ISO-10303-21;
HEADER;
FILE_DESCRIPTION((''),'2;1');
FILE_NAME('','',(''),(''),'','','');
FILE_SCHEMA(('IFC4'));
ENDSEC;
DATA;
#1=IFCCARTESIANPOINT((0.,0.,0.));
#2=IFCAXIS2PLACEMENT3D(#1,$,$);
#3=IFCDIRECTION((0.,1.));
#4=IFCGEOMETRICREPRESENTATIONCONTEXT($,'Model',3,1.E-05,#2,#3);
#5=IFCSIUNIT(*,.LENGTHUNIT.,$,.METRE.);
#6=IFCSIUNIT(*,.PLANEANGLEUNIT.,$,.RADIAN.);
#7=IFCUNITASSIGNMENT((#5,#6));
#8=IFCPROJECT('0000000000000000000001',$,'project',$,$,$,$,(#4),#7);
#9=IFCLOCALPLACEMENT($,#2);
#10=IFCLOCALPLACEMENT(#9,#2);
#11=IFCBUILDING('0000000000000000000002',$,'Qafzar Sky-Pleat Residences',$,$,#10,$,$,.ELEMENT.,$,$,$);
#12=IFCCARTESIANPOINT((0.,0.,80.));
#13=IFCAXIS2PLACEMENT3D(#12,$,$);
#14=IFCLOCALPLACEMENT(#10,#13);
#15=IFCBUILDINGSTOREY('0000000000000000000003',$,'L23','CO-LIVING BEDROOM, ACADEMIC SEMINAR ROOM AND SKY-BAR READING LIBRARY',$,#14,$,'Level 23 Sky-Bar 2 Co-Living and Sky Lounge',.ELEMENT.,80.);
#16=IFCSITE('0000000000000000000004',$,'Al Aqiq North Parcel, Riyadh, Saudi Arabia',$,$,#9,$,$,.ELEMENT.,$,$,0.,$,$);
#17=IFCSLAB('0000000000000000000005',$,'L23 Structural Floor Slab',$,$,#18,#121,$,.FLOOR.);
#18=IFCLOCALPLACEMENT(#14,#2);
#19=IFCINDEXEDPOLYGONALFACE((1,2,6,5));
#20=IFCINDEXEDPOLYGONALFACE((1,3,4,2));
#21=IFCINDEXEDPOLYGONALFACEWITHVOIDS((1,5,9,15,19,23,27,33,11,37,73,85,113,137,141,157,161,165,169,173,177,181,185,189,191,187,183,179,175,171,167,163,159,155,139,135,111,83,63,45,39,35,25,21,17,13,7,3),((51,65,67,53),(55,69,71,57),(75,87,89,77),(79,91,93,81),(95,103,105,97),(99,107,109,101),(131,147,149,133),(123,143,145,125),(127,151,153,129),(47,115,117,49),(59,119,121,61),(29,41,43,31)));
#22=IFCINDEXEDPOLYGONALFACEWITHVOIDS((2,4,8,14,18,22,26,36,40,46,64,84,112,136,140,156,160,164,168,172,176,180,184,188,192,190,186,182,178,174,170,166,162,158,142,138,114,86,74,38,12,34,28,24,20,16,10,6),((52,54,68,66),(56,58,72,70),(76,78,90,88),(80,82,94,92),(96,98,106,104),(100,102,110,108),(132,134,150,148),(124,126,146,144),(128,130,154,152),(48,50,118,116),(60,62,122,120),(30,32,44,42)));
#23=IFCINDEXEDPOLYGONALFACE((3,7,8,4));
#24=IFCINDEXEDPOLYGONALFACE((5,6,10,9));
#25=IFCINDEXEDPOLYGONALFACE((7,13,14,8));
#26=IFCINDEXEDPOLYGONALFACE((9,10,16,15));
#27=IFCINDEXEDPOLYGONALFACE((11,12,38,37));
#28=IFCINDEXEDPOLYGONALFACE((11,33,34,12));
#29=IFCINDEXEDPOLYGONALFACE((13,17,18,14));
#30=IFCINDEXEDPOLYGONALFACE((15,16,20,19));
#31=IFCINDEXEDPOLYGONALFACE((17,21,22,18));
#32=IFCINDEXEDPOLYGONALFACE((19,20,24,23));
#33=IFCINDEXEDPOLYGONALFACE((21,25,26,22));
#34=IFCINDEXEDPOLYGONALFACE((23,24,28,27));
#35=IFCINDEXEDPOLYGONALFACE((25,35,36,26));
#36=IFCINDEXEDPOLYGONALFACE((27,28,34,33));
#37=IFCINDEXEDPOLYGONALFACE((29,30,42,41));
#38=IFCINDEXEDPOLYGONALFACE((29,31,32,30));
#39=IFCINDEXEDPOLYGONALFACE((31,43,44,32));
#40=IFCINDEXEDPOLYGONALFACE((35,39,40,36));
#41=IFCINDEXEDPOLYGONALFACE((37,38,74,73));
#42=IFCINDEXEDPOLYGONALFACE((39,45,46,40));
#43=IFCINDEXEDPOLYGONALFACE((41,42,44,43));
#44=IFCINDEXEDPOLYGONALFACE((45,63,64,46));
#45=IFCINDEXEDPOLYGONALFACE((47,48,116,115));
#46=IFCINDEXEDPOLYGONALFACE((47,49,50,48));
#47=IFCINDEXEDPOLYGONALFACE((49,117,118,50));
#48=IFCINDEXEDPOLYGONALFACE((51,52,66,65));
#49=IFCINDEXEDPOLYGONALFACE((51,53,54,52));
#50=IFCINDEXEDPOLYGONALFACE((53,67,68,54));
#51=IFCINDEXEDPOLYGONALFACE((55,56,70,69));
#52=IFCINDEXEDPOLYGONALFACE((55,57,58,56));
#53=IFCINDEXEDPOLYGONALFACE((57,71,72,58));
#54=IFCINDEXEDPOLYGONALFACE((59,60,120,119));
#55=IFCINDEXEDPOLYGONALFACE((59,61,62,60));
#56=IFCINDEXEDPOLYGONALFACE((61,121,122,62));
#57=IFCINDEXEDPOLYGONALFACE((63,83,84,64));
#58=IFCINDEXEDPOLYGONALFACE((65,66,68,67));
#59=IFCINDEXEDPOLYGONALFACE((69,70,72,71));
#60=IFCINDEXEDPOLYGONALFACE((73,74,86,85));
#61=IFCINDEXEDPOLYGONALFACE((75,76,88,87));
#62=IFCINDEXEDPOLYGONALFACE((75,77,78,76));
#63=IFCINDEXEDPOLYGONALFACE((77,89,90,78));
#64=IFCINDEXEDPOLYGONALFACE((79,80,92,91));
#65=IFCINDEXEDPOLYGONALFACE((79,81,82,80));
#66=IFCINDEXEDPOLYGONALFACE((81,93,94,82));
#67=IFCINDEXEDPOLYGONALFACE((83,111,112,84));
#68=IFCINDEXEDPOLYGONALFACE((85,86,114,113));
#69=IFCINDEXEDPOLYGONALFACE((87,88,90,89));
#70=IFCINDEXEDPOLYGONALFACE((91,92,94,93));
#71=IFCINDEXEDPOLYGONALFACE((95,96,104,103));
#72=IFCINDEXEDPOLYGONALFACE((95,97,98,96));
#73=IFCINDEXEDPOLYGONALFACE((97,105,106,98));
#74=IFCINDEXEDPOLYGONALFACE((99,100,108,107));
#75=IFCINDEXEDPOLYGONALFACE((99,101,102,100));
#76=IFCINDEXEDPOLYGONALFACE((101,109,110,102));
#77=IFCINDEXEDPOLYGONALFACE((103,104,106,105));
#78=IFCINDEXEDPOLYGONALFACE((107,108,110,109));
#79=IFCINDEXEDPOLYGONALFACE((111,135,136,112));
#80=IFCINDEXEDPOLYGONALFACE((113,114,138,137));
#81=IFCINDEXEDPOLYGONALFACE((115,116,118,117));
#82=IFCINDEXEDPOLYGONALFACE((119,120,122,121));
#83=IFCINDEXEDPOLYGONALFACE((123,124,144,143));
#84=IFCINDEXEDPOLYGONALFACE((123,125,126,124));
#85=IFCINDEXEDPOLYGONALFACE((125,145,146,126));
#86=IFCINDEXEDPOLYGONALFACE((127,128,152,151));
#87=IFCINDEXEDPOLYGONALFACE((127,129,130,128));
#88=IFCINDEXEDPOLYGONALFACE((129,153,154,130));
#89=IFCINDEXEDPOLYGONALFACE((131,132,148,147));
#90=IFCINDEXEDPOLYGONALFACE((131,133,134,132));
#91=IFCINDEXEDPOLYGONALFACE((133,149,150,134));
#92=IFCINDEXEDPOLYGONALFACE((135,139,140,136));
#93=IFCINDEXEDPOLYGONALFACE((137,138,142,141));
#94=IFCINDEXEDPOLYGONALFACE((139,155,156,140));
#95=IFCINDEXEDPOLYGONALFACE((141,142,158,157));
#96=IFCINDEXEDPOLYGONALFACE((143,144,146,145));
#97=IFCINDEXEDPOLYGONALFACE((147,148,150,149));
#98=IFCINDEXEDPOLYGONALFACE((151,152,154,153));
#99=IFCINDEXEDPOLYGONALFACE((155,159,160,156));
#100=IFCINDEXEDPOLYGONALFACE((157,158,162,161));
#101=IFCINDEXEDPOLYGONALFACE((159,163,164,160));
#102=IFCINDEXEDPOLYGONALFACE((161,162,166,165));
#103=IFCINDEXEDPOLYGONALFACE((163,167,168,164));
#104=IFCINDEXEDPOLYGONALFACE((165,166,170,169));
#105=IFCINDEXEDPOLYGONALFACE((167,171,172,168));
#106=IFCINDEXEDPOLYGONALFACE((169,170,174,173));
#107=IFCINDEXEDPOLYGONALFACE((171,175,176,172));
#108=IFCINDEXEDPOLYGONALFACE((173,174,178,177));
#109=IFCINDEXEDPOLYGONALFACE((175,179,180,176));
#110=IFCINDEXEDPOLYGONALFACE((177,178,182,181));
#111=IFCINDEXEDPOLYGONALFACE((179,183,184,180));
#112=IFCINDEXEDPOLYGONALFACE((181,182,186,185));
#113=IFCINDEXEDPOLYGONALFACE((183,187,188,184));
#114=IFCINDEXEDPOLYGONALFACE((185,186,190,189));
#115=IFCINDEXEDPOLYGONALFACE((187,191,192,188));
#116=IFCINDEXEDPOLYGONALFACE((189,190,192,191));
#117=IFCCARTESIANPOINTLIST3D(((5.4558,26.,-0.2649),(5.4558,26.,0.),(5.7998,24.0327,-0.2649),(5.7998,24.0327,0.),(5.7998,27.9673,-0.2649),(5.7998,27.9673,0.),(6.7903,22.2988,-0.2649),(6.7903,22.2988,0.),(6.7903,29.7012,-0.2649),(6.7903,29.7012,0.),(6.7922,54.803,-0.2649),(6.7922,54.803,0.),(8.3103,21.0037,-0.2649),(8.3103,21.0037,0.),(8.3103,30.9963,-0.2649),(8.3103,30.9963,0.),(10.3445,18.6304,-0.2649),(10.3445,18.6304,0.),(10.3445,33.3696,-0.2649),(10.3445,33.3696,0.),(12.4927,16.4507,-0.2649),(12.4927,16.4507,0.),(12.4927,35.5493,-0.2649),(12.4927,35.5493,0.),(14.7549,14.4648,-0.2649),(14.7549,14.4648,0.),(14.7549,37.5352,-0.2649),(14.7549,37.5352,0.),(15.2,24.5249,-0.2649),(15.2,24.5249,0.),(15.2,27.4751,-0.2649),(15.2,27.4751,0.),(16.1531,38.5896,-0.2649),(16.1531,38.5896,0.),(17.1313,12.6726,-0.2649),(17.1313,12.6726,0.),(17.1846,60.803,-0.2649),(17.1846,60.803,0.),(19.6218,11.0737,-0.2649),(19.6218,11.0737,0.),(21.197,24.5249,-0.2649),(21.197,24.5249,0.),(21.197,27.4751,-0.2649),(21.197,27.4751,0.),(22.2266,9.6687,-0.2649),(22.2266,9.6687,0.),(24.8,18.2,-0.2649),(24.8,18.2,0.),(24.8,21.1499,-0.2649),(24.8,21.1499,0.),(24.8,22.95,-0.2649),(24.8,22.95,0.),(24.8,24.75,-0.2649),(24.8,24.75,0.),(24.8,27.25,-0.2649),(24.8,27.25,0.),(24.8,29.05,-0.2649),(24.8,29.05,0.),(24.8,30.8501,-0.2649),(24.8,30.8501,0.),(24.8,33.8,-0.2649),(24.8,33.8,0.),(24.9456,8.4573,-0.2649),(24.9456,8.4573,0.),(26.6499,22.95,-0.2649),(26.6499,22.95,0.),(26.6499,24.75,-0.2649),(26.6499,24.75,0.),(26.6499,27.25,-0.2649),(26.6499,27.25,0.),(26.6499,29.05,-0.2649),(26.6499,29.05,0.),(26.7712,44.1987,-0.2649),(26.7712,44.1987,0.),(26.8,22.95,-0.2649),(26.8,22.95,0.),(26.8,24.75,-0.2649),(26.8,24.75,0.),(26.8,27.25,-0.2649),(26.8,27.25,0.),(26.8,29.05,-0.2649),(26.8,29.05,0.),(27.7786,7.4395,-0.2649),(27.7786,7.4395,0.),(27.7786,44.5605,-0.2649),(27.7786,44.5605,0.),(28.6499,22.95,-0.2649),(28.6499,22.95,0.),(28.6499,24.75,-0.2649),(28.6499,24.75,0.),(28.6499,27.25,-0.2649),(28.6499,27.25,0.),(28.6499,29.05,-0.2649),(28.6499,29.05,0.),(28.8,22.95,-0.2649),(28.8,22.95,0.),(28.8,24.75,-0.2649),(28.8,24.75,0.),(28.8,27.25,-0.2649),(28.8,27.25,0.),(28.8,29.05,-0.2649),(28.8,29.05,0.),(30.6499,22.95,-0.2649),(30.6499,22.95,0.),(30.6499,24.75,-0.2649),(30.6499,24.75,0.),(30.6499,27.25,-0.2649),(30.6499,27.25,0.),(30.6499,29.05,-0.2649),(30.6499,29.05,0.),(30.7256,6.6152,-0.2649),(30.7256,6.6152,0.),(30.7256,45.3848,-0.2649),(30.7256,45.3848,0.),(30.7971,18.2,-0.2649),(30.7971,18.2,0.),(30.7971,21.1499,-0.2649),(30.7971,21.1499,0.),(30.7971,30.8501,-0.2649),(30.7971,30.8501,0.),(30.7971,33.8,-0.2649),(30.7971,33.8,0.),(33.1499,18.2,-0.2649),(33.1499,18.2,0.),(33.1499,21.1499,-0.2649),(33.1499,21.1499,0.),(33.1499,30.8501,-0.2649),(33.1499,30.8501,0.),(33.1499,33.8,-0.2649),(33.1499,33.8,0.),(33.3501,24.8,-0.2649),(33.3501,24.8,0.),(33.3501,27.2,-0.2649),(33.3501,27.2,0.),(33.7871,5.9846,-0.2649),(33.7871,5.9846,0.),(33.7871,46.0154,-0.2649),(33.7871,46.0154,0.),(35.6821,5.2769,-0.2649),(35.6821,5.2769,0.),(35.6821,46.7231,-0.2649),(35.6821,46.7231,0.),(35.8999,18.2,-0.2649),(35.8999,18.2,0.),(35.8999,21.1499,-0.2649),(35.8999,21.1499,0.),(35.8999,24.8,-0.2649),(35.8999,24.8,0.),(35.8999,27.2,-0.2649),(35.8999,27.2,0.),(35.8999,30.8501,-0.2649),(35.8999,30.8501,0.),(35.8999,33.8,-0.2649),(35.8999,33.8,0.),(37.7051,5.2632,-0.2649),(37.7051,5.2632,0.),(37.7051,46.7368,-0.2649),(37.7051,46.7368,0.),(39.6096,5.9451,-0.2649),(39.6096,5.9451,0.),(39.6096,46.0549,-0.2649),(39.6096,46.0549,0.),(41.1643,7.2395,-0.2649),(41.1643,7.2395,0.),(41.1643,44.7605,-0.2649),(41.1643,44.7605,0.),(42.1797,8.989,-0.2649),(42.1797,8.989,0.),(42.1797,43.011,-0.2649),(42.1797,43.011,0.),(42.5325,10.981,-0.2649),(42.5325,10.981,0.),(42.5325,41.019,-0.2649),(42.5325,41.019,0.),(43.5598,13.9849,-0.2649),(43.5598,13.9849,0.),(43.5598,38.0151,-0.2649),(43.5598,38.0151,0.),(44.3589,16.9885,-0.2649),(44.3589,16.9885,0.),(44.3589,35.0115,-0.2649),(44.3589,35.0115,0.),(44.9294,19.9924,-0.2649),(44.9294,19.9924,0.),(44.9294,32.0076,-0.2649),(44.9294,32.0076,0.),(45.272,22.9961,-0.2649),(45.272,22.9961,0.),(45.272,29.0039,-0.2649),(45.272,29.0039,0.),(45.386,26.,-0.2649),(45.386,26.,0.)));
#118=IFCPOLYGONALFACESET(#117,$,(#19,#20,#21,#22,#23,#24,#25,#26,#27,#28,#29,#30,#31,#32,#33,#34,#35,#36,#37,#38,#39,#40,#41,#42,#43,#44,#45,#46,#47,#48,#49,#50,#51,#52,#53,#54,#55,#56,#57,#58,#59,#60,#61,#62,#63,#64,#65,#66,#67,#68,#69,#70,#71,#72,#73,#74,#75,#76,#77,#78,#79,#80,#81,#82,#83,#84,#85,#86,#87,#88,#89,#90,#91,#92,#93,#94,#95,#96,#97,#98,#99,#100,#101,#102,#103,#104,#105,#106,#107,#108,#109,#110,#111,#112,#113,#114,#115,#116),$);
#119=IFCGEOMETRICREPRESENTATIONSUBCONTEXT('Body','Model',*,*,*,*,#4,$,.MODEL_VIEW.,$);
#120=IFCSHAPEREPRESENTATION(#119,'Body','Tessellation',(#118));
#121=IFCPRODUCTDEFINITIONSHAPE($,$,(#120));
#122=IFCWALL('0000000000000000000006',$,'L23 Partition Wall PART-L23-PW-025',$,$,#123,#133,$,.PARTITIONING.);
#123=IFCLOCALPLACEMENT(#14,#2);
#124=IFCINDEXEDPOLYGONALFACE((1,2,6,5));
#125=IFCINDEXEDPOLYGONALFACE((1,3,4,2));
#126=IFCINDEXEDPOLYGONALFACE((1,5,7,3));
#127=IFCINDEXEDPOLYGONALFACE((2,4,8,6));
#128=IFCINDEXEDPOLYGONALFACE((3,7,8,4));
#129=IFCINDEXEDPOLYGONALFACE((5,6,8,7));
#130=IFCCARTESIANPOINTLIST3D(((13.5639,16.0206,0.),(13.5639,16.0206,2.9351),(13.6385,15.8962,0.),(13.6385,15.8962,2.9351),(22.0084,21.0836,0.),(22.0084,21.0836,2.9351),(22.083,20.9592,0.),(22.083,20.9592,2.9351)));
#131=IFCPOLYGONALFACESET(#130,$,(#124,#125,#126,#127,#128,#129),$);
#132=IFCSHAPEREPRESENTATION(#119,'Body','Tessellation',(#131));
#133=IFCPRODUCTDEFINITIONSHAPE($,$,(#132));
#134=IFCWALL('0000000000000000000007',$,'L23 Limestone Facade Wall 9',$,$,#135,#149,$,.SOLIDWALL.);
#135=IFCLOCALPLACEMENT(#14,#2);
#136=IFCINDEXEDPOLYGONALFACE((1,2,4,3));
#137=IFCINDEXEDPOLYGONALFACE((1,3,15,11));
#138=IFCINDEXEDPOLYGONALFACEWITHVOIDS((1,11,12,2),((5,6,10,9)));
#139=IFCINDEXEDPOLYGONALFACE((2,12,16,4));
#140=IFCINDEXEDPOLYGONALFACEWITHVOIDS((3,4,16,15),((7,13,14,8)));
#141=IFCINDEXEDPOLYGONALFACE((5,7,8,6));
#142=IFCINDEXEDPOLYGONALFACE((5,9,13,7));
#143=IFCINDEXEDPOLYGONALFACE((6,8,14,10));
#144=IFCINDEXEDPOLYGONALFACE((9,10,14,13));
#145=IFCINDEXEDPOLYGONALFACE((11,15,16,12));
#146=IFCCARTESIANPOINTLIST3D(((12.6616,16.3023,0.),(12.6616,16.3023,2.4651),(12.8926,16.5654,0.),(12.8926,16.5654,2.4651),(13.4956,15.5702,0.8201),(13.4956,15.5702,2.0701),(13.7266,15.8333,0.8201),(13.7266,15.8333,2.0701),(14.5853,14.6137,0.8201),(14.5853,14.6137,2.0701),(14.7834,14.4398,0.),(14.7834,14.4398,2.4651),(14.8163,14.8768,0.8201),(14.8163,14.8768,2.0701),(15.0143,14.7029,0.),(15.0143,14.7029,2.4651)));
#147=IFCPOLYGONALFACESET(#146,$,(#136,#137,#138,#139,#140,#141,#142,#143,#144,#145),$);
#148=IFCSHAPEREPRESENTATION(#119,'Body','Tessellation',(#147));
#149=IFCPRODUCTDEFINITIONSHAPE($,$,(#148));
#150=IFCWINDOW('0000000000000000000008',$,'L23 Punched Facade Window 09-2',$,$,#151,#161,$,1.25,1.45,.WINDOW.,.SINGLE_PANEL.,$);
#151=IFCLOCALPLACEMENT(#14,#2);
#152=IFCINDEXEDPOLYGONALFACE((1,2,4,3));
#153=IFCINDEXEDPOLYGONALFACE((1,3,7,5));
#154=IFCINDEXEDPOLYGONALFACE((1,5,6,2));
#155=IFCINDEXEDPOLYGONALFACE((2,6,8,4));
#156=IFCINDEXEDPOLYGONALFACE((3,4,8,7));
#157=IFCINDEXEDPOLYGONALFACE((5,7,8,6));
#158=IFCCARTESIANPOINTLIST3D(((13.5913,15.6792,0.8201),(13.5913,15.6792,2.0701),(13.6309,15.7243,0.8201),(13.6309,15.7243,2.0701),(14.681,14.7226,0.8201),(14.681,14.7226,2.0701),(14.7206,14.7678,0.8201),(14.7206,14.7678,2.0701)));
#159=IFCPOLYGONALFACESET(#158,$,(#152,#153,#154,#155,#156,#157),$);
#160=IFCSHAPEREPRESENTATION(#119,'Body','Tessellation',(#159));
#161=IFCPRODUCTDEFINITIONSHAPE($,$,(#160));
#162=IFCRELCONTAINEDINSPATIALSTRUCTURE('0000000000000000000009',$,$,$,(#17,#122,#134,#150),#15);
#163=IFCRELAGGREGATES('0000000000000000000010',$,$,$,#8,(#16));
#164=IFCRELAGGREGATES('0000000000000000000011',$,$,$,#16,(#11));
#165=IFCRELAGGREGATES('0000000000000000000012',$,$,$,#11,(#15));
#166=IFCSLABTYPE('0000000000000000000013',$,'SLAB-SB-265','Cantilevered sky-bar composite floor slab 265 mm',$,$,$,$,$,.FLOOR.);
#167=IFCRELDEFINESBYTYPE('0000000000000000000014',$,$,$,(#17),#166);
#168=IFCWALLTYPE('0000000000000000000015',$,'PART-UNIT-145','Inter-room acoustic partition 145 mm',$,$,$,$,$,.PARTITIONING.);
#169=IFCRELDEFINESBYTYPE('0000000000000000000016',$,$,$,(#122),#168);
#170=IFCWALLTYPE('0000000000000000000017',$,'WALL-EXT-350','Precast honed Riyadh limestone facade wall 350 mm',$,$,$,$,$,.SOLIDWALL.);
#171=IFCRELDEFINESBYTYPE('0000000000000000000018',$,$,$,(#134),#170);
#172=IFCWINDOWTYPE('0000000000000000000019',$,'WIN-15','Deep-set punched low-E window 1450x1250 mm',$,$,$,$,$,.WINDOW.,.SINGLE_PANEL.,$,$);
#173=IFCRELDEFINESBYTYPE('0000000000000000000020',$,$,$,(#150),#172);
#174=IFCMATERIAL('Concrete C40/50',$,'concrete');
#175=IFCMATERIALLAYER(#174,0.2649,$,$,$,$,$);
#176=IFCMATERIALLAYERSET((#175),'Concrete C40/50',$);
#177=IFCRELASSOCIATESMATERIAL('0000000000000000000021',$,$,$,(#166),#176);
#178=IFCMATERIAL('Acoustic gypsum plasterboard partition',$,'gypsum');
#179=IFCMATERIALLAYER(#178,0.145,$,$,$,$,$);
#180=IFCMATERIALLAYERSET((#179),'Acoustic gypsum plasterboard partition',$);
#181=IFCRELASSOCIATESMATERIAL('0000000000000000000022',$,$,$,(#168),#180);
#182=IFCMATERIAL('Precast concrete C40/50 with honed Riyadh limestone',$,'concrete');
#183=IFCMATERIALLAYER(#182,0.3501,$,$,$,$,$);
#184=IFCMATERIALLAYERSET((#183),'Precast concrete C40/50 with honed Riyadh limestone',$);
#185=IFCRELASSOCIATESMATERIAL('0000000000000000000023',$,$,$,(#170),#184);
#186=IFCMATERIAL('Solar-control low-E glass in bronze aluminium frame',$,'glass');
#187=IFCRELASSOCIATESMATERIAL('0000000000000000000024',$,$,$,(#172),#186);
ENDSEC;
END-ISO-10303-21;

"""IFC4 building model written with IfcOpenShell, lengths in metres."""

from ifc_helpers import new_model, si_unit, direction, frame, frame_2d, origin, place, context, subcontext, project, spatial, polyline, rectangle, outline, extrude, source, transform, mapped, material, layer, layer_set, type_object, element, fill, save


model = new_model("IFC4")

# Units and contexts
model_context = context("Model", 3, precision=1e-05, world=origin(), true_north=direction((0.0, 1.0)))
body_context = subcontext(model_context, "Body", "Model", "MODEL_VIEW")
ifc_project = project(units=[si_unit("LENGTHUNIT", "METRE"), si_unit("PLANEANGLEUNIT", "RADIAN")], contexts=[model_context])

# Site, building, storey
site_placement = place(None, origin())
site = spatial("IfcSite", under=ifc_project, at=site_placement, Name="Al Aqiq North Parcel, Riyadh, Saudi Arabia", CompositionType="ELEMENT", RefElevation=0.0)
building_placement = place(site_placement, origin())
building = spatial("IfcBuilding", under=site, at=building_placement, Name="Qafzar Sky-Pleat Residences", CompositionType="ELEMENT")
storey_placement = place(building_placement, frame((0.0, 0.0, 80.0)))
storey = spatial("IfcBuildingStorey", under=building, at=storey_placement, Name="L23", Description="CO-LIVING BEDROOM, ACADEMIC SEMINAR ROOM AND SKY-BAR READING LIBRARY", LongName="Level 23 Sky-Bar 2 Co-Living and Sky Lounge", CompositionType="ELEMENT", Elevation=80.0)

# Shared definitions
ifc_material_1 = material(Name="Concrete C40/50", Category="concrete")

# Slab
ifc_layer_1 = layer(ifc_material_1, 0.2649)
ifc_layer_set_1 = layer_set([ifc_layer_1], Name="Concrete C40/50")
slab_type_1 = type_object("IfcSlabType", Name="SLAB-SB-265", Description="Cantilevered sky-bar composite floor slab 265 mm", PredefinedType="FLOOR", material=ifc_layer_set_1)
slab_1_placement = place(storey_placement, frame((0.0, 0.0, -0.2649)))
element("IfcSlab", 1, at=slab_1_placement, inside=storey, type_object=slab_type_1, Name="L23 Structural Floor Slab", PredefinedType="FLOOR", context=body_context, shape_type="SweptSolid", body=[
    extrude(outline(polyline([(27.7786, 44.5605), (30.7256, 45.3848), (33.7871, 46.0154), (35.6821, 46.7231), (37.7051, 46.7368), (39.6096, 46.0549), (41.1643, 44.7605), (42.1797, 43.011), (42.5325, 41.019), (43.5598, 38.0151), (44.3589, 35.0115), (44.9294, 32.0076), (45.272, 29.0039), (45.386, 26.0), (45.272, 22.9961), (44.9294, 19.9924), (44.3589, 16.9885), (43.5598, 13.9849), (42.5325, 10.981), (42.1797, 8.989), (41.1643, 7.2395), (39.6096, 5.9451), (37.7051, 5.2632), (35.6821, 5.2769), (33.7871, 5.9846), (30.7256, 6.6152), (27.7786, 7.4395), (24.9456, 8.4573), (22.2266, 9.6687), (19.6218, 11.0737), (17.1313, 12.6726), (14.7549, 14.4648), (12.4927, 16.4507), (10.3445, 18.6304), (8.3103, 21.0037), (6.7903, 22.2988), (5.7998, 24.0327), (5.4558, 26.0), (5.7998, 27.9673), (6.7903, 29.7012), (8.3103, 30.9963), (10.3445, 33.3696), (12.4927, 35.5493), (14.7549, 37.5352), (16.1531, 38.5896), (6.7922, 54.803), (17.1846, 60.803), (26.7712, 44.1987), (27.7786, 44.5605)]), holes=[polyline([(30.7971, 21.1499), (24.8, 21.1499), (24.8, 18.2), (30.7971, 18.2), (30.7971, 21.1499)]), polyline([(30.7971, 33.8), (24.8, 33.8), (24.8, 30.8501), (30.7971, 30.8501), (30.7971, 33.8)]), polyline([(21.197, 27.4751), (15.2, 27.4751), (15.2, 24.5249), (21.197, 24.5249), (21.197, 27.4751)]), polyline([(24.8, 22.95), (26.6499, 22.95), (26.6499, 24.75), (24.8, 24.75), (24.8, 22.95)]), polyline([(26.8, 22.95), (28.6499, 22.95), (28.6499, 24.75), (26.8, 24.75), (26.8, 22.95)]), polyline([(28.8, 22.95), (30.6499, 22.95), (30.6499, 24.75), (28.8, 24.75), (28.8, 22.95)]), polyline([(24.8, 27.25), (26.6499, 27.25), (26.6499, 29.05), (24.8, 29.05), (24.8, 27.25)]), polyline([(26.8, 27.25), (28.6499, 27.25), (28.6499, 29.05), (26.8, 29.05), (26.8, 27.25)]), polyline([(28.8, 27.25), (30.6499, 27.25), (30.6499, 29.05), (28.8, 29.05), (28.8, 27.25)]), polyline([(33.1499, 18.2), (35.8999, 18.2), (35.8999, 21.1499), (33.1499, 21.1499), (33.1499, 18.2)]), polyline([(33.1499, 30.8501), (35.8999, 30.8501), (35.8999, 33.8), (33.1499, 33.8), (33.1499, 30.8501)]), polyline([(33.3501, 24.8), (35.8999, 24.8), (35.8999, 27.2), (33.3501, 27.2), (33.3501, 24.8)])]), origin(), (0.0, 0.0, 1.0), 0.2649),
])

# Wall
ifc_material_2 = material(Name="Acoustic gypsum plasterboard partition", Category="gypsum")
ifc_layer_2 = layer(ifc_material_2, 0.145)
ifc_layer_set_2 = layer_set([ifc_layer_2], Name="Acoustic gypsum plasterboard partition")
wall_type_1 = type_object("IfcWallType", Name="PART-UNIT-145", Description="Inter-room acoustic partition 145 mm", PredefinedType="PARTITIONING", material=ifc_layer_set_2)
wall_1_placement = place(storey_placement, frame((13.6013, 15.9585, 0.0), z_axis=(0.0, 0.0, 1.0), x_axis=(0.857661, 0.514215, 0.0)))
element("IfcWall", 2, at=wall_1_placement, inside=storey, type_object=wall_type_1, Name="L23 Partition Wall PART-L23-PW-025", PredefinedType="PARTITIONING", context=body_context, shape_type="SweptSolid", body=[
    extrude(rectangle(XDim=9.8459, YDim=0.145, at=frame_2d((4.9229, 0.0))), origin(), (0.0, 0.0, 1.0), 2.9351),
])

# Wall, opening, window
ifc_material_3 = material(Name="Precast concrete C40/50 with honed Riyadh limestone", Category="concrete")
ifc_layer_3 = layer(ifc_material_3, 0.3501)
ifc_layer_set_3 = layer_set([ifc_layer_3], Name="Precast concrete C40/50 with honed Riyadh limestone")
wall_type_2 = type_object("IfcWallType", Name="WALL-EXT-350", Description="Precast honed Riyadh limestone facade wall 350 mm", PredefinedType="SOLIDWALL", material=ifc_layer_set_3)
wall_2_placement = place(storey_placement, frame((12.7771, 16.4338, 0.0), z_axis=(0.0, 0.0, 1.0), x_axis=(0.751531, -0.659698, 0.0)))
wall_2 = element("IfcWall", 3, at=wall_2_placement, inside=storey, type_object=wall_type_2, Name="L23 Limestone Facade Wall 9", PredefinedType="SOLIDWALL", context=body_context, shape_type="SweptSolid", body=[
    extrude(rectangle(XDim=2.8232, YDim=0.3501, at=frame_2d((1.4116, 0.0))), origin(), (0.0, 0.0, 1.0), 2.4651),
])
opening_1_placement = place(wall_2_placement, frame((1.1096, 0.0, 0.8201)))
opening_1 = element("IfcOpeningElement", 4, at=opening_1_placement, cuts=wall_2, PredefinedType="OPENING", context=body_context, shape_type="SweptSolid", body=[
    extrude(rectangle(XDim=1.45, YDim=1.25, at=frame_2d((0.7251, 0.625))), frame((0.0, 0.1851, 0.0), z_axis=(0.0, -1.0, 0.0), x_axis=(1.0, 0.0, 0.0)), (0.0, 0.0, 1.0), 0.3701),
])
ifc_material_4 = material(Name="Solar-control low-E glass in bronze aluminium frame", Category="glass")
window_type_1 = type_object("IfcWindowType", Name="WIN-15", Description="Deep-set punched low-E window 1450x1250 mm", PartitioningType="SINGLE_PANEL", PredefinedType="WINDOW", material=ifc_material_4)
shared_shape_1 = source(origin(), body_context, "Body", "SweptSolid", [
    extrude(rectangle(XDim=1.45, YDim=1.25, at=frame_2d((0.7251, 0.625))), frame((0.0, 0.03, 0.0), z_axis=(0.0, -1.0, 0.0), x_axis=(1.0, 0.0, 0.0)), (0.0, 0.0, 1.0), 0.0601),
])
window_1_placement = place(opening_1_placement, origin())
window_1 = element("IfcWindow", 5, at=window_1_placement, inside=storey, type_object=window_type_1, Name="L23 Punched Facade Window 09-2", OverallHeight=1.25, OverallWidth=1.45, PartitioningType="SINGLE_PANEL", PredefinedType="WINDOW", context=body_context, shape_type="MappedRepresentation", body=[
    mapped(shared_shape_1, transform((0.0, 0.0, 0.0), x_axis=(1.0, 0.0, 0.0), y_axis=(0.0, 1.0, 0.0), z_axis=(0.0, 0.0, 1.0), scale=1.0)),
])
fill(opening_1, window_1)

save(model, "model.ifc")
